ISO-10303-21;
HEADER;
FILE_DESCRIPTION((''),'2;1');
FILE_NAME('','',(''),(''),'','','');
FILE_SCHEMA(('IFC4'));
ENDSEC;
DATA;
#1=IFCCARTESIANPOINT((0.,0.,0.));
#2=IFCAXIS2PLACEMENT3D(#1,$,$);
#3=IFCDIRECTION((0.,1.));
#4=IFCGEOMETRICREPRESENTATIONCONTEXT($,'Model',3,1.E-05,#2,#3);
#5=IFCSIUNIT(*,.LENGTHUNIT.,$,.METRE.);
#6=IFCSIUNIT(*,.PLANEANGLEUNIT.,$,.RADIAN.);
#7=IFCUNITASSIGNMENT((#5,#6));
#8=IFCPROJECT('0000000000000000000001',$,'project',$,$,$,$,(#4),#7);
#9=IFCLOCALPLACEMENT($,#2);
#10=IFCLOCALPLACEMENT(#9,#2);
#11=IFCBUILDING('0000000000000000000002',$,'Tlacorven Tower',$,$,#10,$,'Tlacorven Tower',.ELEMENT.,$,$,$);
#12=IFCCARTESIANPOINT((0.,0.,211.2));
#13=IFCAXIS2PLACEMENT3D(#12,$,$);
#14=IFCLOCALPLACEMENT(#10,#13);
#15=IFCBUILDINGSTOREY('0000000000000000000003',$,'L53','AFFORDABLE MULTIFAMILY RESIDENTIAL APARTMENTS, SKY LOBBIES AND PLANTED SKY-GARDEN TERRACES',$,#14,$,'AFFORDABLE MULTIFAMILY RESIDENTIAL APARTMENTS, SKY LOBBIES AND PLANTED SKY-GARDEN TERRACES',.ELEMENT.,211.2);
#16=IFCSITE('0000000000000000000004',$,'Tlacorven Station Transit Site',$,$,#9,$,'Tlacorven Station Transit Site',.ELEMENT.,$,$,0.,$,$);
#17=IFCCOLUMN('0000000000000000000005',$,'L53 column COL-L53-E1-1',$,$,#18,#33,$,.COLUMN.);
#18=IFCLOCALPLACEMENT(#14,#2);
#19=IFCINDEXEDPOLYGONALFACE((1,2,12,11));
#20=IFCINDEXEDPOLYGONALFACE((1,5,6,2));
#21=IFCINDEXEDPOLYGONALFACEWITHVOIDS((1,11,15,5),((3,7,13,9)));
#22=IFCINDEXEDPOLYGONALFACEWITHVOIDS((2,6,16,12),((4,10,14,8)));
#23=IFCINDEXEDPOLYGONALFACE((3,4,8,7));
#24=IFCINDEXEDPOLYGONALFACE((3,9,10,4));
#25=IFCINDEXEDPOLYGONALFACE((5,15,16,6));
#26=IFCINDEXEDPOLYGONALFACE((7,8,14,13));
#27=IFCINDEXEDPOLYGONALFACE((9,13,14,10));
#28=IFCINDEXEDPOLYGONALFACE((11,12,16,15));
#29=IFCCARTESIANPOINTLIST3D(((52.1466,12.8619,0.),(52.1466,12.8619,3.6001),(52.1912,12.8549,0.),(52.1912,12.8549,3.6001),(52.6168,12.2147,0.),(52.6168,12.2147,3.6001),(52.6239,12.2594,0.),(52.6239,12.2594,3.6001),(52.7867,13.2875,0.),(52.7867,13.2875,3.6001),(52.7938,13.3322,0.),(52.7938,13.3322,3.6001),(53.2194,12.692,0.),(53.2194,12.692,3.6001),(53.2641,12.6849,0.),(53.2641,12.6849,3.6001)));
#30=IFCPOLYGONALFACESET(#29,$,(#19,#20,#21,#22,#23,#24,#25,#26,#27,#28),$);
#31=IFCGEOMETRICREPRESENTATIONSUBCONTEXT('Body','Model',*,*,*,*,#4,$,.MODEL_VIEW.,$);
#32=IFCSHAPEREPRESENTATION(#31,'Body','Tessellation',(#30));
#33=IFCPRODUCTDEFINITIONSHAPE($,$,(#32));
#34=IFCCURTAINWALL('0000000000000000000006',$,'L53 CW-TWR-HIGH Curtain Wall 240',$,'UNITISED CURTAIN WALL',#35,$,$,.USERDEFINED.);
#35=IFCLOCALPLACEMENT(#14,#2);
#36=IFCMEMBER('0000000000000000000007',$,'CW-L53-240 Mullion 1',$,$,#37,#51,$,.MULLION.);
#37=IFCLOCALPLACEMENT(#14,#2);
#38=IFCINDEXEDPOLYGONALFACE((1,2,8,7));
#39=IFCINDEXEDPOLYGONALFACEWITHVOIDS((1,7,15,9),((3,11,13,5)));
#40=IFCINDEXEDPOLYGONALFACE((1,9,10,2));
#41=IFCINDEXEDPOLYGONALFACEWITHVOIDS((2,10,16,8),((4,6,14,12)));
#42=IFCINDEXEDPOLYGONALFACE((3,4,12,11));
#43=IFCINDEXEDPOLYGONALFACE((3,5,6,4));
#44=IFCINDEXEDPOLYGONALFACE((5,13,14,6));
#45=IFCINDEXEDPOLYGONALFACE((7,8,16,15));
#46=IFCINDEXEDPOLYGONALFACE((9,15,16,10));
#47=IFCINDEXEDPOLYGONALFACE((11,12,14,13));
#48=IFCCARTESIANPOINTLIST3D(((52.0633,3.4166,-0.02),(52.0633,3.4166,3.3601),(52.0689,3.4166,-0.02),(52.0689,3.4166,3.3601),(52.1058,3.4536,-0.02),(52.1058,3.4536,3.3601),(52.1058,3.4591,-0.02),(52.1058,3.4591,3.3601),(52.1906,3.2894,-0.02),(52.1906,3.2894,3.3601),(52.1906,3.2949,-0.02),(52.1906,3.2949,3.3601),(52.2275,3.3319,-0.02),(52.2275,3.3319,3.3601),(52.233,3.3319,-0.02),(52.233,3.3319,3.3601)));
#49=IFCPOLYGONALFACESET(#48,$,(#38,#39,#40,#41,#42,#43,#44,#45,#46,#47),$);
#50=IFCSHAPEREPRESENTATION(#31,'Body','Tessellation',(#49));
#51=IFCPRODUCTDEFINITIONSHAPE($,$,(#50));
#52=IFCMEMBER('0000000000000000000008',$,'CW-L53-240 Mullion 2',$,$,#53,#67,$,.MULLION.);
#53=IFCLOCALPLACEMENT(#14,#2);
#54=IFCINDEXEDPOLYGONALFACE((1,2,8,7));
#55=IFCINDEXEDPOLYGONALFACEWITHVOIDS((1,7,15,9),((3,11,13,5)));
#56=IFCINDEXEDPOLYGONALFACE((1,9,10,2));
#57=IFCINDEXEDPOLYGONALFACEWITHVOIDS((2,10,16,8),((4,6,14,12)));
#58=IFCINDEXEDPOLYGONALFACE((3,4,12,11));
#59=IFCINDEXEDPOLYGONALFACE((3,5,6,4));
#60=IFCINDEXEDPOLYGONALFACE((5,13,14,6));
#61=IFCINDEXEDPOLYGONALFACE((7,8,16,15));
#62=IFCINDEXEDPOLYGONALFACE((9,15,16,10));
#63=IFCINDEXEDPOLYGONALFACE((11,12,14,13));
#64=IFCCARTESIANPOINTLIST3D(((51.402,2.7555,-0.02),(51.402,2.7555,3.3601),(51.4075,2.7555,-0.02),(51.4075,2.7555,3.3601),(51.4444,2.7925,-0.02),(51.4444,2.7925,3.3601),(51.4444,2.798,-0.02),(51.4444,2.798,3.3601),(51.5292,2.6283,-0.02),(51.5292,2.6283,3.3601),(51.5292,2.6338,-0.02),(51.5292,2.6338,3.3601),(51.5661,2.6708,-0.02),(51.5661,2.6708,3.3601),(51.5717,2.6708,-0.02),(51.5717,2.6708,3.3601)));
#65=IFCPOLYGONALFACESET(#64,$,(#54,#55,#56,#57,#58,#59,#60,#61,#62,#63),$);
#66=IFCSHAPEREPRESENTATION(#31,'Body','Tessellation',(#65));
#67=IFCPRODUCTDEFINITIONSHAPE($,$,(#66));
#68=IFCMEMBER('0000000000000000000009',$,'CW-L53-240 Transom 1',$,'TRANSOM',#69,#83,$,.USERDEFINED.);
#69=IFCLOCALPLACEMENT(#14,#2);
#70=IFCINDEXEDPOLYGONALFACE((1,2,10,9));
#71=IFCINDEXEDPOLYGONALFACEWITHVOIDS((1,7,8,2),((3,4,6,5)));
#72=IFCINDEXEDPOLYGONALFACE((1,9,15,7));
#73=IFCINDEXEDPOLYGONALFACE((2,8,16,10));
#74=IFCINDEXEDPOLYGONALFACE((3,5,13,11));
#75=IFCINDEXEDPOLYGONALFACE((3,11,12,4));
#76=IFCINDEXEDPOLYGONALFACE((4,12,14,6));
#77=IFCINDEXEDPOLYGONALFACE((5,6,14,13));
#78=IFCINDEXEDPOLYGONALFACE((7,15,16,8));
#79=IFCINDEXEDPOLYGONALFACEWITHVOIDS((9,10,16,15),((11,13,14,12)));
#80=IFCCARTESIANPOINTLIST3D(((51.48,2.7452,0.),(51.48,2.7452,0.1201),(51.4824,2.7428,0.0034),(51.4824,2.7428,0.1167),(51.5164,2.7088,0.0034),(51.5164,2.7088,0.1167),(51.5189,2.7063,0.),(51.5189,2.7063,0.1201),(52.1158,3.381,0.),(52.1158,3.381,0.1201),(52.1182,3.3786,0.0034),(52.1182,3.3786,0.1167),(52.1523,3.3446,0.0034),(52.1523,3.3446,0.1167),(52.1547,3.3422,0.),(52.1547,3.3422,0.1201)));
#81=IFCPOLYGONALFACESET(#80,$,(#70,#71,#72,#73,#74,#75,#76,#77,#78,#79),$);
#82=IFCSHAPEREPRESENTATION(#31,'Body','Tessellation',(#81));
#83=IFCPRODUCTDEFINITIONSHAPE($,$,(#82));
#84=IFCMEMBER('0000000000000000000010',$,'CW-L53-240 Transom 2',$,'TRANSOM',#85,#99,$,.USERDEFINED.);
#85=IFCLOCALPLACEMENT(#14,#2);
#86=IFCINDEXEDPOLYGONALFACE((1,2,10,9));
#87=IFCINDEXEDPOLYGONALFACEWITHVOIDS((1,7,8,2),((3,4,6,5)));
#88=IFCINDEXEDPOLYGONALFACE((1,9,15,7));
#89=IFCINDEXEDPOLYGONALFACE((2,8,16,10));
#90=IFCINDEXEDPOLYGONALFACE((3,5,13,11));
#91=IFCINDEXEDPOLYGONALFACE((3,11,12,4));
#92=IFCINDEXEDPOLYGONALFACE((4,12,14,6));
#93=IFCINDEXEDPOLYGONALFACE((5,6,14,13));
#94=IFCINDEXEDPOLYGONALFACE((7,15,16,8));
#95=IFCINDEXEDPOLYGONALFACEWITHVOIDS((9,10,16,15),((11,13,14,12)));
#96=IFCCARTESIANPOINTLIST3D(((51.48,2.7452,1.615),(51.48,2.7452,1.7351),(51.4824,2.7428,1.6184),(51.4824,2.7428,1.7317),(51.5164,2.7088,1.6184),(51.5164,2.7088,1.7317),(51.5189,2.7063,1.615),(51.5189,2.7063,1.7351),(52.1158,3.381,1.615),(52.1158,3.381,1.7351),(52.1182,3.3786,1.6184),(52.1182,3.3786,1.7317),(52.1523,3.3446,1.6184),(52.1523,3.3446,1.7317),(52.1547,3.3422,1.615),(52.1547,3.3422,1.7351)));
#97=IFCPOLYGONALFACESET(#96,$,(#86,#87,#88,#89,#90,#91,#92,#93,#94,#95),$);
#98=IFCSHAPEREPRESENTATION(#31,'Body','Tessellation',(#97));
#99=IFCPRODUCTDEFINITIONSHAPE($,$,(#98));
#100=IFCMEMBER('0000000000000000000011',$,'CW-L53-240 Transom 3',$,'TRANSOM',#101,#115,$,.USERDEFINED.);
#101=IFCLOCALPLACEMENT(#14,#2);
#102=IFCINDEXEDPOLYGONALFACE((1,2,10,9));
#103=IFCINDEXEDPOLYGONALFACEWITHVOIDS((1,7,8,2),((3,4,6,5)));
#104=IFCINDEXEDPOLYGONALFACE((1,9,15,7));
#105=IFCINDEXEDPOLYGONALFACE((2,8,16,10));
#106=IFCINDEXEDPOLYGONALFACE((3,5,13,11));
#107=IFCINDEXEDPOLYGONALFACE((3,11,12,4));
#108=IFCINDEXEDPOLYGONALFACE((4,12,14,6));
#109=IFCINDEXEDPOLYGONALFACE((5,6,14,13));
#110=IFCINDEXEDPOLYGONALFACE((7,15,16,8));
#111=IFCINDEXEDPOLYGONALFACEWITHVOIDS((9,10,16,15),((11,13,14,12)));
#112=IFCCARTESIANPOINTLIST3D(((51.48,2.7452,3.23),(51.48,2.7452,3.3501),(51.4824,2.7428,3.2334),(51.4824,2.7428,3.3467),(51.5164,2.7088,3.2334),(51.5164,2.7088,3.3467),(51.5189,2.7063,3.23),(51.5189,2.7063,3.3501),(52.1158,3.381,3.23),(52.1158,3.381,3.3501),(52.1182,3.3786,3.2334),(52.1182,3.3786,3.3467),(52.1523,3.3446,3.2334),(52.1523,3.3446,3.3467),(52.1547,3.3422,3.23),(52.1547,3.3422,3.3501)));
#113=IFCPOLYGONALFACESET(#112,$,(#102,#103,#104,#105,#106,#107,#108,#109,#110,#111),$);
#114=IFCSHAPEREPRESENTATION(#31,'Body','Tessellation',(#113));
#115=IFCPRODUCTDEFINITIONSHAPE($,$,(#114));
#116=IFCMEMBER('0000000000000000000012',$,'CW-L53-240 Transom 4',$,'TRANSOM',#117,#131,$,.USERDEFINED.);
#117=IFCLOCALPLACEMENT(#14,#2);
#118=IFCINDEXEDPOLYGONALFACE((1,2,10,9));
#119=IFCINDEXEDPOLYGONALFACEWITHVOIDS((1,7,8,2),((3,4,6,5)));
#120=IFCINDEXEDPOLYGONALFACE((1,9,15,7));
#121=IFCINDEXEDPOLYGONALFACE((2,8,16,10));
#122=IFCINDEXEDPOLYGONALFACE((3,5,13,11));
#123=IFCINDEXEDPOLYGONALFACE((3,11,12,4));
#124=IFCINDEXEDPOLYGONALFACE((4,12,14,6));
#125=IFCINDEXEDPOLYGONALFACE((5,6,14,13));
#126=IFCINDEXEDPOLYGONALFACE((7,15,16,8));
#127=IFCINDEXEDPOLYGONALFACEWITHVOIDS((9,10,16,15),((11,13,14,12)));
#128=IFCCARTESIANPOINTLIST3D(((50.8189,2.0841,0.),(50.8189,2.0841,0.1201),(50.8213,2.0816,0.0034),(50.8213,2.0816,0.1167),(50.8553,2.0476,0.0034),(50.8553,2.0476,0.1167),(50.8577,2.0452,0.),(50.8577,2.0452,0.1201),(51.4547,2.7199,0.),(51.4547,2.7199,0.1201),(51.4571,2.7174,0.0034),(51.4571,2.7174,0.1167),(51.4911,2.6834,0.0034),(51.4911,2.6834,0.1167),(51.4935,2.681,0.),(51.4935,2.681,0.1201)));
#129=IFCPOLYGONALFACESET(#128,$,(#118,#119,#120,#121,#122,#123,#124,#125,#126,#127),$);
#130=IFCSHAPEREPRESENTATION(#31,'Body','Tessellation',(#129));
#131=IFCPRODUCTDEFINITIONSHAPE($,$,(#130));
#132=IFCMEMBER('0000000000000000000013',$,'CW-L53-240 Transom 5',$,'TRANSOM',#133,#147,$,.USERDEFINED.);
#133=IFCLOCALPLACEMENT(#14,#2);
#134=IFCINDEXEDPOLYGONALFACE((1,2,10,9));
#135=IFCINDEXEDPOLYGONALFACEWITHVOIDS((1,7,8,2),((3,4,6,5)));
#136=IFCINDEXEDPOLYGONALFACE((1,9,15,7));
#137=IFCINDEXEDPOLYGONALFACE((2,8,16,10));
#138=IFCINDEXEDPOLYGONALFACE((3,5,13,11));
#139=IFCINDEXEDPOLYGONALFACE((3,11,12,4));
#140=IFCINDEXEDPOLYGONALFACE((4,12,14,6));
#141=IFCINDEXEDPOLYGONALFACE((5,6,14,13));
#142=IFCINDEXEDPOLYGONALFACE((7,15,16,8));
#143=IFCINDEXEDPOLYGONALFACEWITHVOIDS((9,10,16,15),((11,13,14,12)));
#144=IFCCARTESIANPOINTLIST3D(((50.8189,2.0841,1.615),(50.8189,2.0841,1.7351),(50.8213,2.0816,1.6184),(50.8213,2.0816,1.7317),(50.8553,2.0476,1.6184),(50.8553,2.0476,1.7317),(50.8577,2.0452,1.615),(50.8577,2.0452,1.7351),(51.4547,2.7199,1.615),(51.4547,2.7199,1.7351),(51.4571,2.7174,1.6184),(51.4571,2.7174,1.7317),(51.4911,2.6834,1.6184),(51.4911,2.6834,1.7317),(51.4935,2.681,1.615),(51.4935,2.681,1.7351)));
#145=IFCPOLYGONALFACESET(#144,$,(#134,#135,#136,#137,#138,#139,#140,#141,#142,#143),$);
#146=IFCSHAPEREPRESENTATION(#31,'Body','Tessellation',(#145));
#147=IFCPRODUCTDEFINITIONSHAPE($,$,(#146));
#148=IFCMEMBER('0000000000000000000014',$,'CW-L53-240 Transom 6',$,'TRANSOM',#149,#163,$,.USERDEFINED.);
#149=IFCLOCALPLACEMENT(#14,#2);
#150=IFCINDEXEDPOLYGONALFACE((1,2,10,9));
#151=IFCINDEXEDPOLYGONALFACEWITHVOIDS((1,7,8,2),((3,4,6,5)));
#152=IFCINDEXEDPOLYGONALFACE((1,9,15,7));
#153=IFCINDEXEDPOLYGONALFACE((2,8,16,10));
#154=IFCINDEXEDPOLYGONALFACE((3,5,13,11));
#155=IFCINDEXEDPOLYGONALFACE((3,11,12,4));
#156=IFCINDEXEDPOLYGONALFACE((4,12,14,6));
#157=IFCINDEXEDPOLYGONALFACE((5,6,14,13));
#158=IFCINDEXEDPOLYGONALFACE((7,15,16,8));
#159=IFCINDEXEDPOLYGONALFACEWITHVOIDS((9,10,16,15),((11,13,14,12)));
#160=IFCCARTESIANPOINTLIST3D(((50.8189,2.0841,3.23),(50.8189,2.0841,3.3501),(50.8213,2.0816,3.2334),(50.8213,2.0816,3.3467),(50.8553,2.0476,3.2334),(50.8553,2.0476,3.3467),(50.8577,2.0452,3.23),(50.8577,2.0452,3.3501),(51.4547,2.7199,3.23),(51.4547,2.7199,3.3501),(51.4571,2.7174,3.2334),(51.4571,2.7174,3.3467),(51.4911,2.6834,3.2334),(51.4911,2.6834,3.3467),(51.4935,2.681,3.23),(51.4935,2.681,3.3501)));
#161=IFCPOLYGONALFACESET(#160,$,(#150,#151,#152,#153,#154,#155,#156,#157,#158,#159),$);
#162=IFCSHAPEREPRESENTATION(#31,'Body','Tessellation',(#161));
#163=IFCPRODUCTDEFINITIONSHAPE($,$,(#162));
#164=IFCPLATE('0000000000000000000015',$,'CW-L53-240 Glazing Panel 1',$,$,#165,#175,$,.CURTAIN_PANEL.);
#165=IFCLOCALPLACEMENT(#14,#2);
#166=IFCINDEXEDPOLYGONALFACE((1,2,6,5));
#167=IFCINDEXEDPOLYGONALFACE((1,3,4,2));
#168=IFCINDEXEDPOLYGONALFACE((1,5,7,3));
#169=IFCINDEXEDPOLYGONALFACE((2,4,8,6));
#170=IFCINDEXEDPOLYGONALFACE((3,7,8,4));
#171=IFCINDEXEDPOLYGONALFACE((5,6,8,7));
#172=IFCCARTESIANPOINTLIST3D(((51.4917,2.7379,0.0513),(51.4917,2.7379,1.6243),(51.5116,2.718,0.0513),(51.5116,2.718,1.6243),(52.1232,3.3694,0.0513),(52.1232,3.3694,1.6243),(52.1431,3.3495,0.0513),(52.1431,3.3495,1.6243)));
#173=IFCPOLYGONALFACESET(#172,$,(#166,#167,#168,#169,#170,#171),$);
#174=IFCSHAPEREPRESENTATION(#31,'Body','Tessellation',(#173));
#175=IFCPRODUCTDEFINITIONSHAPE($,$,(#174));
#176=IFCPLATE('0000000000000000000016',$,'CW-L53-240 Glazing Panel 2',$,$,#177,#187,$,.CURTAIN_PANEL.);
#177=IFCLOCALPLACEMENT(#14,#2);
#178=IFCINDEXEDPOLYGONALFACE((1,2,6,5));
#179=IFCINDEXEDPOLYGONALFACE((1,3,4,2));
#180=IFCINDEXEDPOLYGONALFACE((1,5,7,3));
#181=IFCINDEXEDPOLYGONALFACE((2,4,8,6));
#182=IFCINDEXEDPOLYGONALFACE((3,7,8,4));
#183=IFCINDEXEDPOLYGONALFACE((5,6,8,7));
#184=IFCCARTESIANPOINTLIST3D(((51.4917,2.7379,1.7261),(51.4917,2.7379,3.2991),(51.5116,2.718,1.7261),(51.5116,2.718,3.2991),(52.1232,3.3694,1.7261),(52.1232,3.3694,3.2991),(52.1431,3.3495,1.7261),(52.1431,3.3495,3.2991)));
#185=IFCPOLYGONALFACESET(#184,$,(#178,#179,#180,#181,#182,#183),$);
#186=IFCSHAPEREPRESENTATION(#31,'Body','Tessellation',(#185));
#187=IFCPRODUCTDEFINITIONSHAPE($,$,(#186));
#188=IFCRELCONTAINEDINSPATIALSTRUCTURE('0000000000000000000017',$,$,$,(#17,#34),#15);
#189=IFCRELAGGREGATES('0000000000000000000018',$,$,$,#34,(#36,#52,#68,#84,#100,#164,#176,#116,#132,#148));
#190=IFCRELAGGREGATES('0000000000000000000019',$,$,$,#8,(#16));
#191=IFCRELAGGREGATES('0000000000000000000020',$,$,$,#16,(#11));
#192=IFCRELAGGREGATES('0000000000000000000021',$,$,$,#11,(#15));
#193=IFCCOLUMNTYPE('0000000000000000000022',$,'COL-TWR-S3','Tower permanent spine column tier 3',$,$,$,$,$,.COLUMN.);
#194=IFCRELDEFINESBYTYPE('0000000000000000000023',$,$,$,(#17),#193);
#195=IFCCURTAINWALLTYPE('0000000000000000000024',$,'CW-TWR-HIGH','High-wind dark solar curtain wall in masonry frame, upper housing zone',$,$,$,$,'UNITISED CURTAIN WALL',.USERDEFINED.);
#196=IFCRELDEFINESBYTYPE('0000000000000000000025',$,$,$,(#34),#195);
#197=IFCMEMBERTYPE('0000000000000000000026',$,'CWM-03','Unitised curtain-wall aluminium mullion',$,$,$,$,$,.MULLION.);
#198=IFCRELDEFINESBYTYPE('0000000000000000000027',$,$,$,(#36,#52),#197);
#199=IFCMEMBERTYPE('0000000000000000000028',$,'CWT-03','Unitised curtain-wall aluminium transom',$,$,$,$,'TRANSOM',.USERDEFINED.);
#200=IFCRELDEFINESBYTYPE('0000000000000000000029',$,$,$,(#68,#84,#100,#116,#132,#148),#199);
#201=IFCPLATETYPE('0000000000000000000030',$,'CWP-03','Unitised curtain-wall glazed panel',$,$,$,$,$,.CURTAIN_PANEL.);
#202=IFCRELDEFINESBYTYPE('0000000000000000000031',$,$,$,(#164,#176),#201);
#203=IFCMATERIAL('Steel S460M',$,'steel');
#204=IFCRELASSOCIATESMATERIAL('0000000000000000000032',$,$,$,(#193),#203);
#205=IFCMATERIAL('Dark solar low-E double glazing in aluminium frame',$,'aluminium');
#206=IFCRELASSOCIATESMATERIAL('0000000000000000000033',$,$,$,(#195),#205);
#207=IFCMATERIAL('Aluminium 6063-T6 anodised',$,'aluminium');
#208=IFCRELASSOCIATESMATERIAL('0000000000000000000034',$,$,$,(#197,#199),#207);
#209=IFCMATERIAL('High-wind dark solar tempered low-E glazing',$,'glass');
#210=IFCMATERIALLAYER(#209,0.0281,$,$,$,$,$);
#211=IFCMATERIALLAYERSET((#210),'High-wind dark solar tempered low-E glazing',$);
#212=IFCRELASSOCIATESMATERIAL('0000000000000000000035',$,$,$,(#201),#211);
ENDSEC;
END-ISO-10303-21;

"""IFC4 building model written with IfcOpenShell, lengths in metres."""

from ifc_helpers import new_model, si_unit, direction, frame, origin, origin_2d, place, context, subcontext, project, spatial, rectangle, hollow_rectangle, extrude, source, transform, mapped, material, layer, layer_set, material_profile, profile_set, type_object, element, aggregate, save


model = new_model("IFC4")

# Units and contexts
model_context = context("Model", 3, precision=1e-05, world=origin(), true_north=direction((0.0, 1.0)))
body_context = subcontext(model_context, "Body", "Model", "MODEL_VIEW")
ifc_project = project(units=[si_unit("LENGTHUNIT", "METRE"), si_unit("PLANEANGLEUNIT", "RADIAN")], contexts=[model_context])

# Site, building, storey
site_placement = place(None, origin())
site = spatial("IfcSite", under=ifc_project, at=site_placement, Name="Tlacorven Station Transit Site", LongName="Tlacorven Station Transit Site", CompositionType="ELEMENT", RefElevation=0.0)
building_placement = place(site_placement, origin())
building = spatial("IfcBuilding", under=site, at=building_placement, Name="Tlacorven Tower", LongName="Tlacorven Tower", CompositionType="ELEMENT")
storey_placement = place(building_placement, frame((0.0, 0.0, 211.2)))
storey = spatial("IfcBuildingStorey", under=building, at=storey_placement, Name="L53", Description="AFFORDABLE MULTIFAMILY RESIDENTIAL APARTMENTS, SKY LOBBIES AND PLANTED SKY-GARDEN TERRACES", LongName="AFFORDABLE MULTIFAMILY RESIDENTIAL APARTMENTS, SKY LOBBIES AND PLANTED SKY-GARDEN TERRACES", CompositionType="ELEMENT", Elevation=211.2)

# Column
ifc_material_1 = material(Name="Steel S460M", Category="steel")
ifc_material_profile_1 = material_profile(ifc_material_1, hollow_rectangle(XDim=0.8, YDim=0.8, WallThickness=0.032, at=origin_2d()), Name="BOX 800X800X32")
ifc_profile_set_1 = profile_set([ifc_material_profile_1], Name="Steel S460M")
column_type = type_object("IfcColumnType", Name="COL-TWR-S3", Description="Tower permanent spine column tier 3", PredefinedType="COLUMN", material=ifc_profile_set_1)
shared_shape_1 = source(origin(), body_context, "Body", "SweptSolid", [
    extrude(hollow_rectangle(XDim=0.8, YDim=0.8, WallThickness=0.032, at=origin_2d()), origin(), (0.0, 0.0, 1.0), 3.6001),
])
column_placement = place(storey_placement, frame((52.7053, 12.7734, 0.0), z_axis=(0.0, 0.0, 1.0), x_axis=(0.809017, 0.587785, 0.0)))
element("IfcColumn", 1, at=column_placement, inside=storey, type_object=column_type, Name="L53 column COL-L53-E1-1", PredefinedType="COLUMN", context=body_context, shape_type="MappedRepresentation", body=[
    mapped(shared_shape_1, transform((0.0, 0.0, 0.0), scale=1.0)),
])

# Curtain wall, members, plates
ifc_material_2 = material(Name="Dark solar low-E double glazing in aluminium frame", Category="aluminium")
curtain_wall_type = type_object("IfcCurtainWallType", Name="CW-TWR-HIGH", Description="High-wind dark solar curtain wall in masonry frame, upper housing zone", ElementType="UNITISED CURTAIN WALL", PredefinedType="USERDEFINED", material=ifc_material_2)
curtain_wall_placement = place(storey_placement, origin())
curtain_wall = element("IfcCurtainWall", 2, at=curtain_wall_placement, inside=storey, type_object=curtain_wall_type, Name="L53 CW-TWR-HIGH Curtain Wall 240", ObjectType="UNITISED CURTAIN WALL", PredefinedType="USERDEFINED")
ifc_material_3 = material(Name="Aluminium 6063-T6 anodised", Category="aluminium")
ifc_material_profile_2 = material_profile(ifc_material_3, hollow_rectangle(XDim=0.0601, YDim=0.1799, WallThickness=0.0039, at=origin_2d()), Name="ALU MULLION 60X180")
ifc_profile_set_2 = profile_set([ifc_material_profile_2], Name="Aluminium 6063-T6 anodised")
member_type_1 = type_object("IfcMemberType", Name="CWM-03", Description="Unitised curtain-wall aluminium mullion", PredefinedType="MULLION", material=ifc_profile_set_2)
shared_shape_2 = source(origin(), body_context, "Body", "SweptSolid", [
    extrude(hollow_rectangle(XDim=0.0601, YDim=0.1799, WallThickness=0.0039, at=origin_2d()), origin(), (0.0, 0.0, 1.0), 3.3801),
])
member_1_placement = place(storey_placement, frame((52.1482, 3.3743, -0.02), z_axis=(0.0, 0.0, 1.0), x_axis=(-0.707107, -0.707107, 0.0)))
member_1 = element("IfcMember", 3, at=member_1_placement, type_object=member_type_1, Name="CW-L53-240 Mullion 1", PredefinedType="MULLION", context=body_context, shape_type="MappedRepresentation", body=[
    mapped(shared_shape_2, transform((0.0, 0.0, 0.0), scale=1.0)),
])
member_2_placement = place(storey_placement, frame((51.4868, 2.7131, -0.02), z_axis=(0.0, 0.0, 1.0), x_axis=(-0.707107, -0.707107, 0.0)))
member_2 = element("IfcMember", 4, at=member_2_placement, type_object=member_type_1, Name="CW-L53-240 Mullion 2", PredefinedType="MULLION", context=body_context, shape_type="MappedRepresentation", body=[
    mapped(shared_shape_2, transform((0.0, 0.0, 0.0), scale=1.0)),
])
ifc_material_profile_3 = material_profile(ifc_material_3, hollow_rectangle(XDim=0.0549, YDim=0.1201, WallThickness=0.0034, at=origin_2d()), Name="ALU TRANSOM 55X120")
ifc_profile_set_3 = profile_set([ifc_material_profile_3], Name="Aluminium 6063-T6 anodised")
member_type_2 = type_object("IfcMemberType", Name="CWT-03", Description="Unitised curtain-wall aluminium transom", ElementType="TRANSOM", PredefinedType="USERDEFINED", material=ifc_profile_set_3)
shared_shape_3 = source(origin(), body_context, "Body", "SweptSolid", [
    extrude(hollow_rectangle(XDim=0.0549, YDim=0.1201, WallThickness=0.0034, at=origin_2d()), origin(), (0.0, 0.0, 1.0), 0.8992),
])
member_3_placement = place(storey_placement, frame((52.1353, 3.3616, 0.0601), z_axis=(-0.707107, -0.707107, 0.0), x_axis=(0.707107, -0.707107, 0.0)))
member_3 = element("IfcMember", 5, at=member_3_placement, type_object=member_type_2, Name="CW-L53-240 Transom 1", ObjectType="TRANSOM", PredefinedType="USERDEFINED", context=body_context, shape_type="MappedRepresentation", body=[
    mapped(shared_shape_3, transform((0.0, 0.0, 0.0), scale=1.0)),
])
member_4_placement = place(storey_placement, frame((52.1353, 3.3616, 1.675), z_axis=(-0.707107, -0.707107, 0.0), x_axis=(0.707107, -0.707107, 0.0)))
member_4 = element("IfcMember", 6, at=member_4_placement, type_object=member_type_2, Name="CW-L53-240 Transom 2", ObjectType="TRANSOM", PredefinedType="USERDEFINED", context=body_context, shape_type="MappedRepresentation", body=[
    mapped(shared_shape_3, transform((0.0, 0.0, 0.0), scale=1.0)),
])
member_5_placement = place(storey_placement, frame((52.1353, 3.3616, 3.29), z_axis=(-0.707107, -0.707107, 0.0), x_axis=(0.707107, -0.707107, 0.0)))
member_5 = element("IfcMember", 7, at=member_5_placement, type_object=member_type_2, Name="CW-L53-240 Transom 3", ObjectType="TRANSOM", PredefinedType="USERDEFINED", context=body_context, shape_type="MappedRepresentation", body=[
    mapped(shared_shape_3, transform((0.0, 0.0, 0.0), scale=1.0)),
])
member_6_placement = place(storey_placement, frame((51.4741, 2.7004, 0.0601), z_axis=(-0.707107, -0.707107, 0.0), x_axis=(0.707107, -0.707107, 0.0)))
member_6 = element("IfcMember", 8, at=member_6_placement, type_object=member_type_2, Name="CW-L53-240 Transom 4", ObjectType="TRANSOM", PredefinedType="USERDEFINED", context=body_context, shape_type="MappedRepresentation", body=[
    mapped(shared_shape_3, transform((0.0, 0.0, 0.0), scale=1.0)),
])
member_7_placement = place(storey_placement, frame((51.4741, 2.7004, 1.675), z_axis=(-0.707107, -0.707107, 0.0), x_axis=(0.707107, -0.707107, 0.0)))
member_7 = element("IfcMember", 9, at=member_7_placement, type_object=member_type_2, Name="CW-L53-240 Transom 5", ObjectType="TRANSOM", PredefinedType="USERDEFINED", context=body_context, shape_type="MappedRepresentation", body=[
    mapped(shared_shape_3, transform((0.0, 0.0, 0.0), scale=1.0)),
])
member_8_placement = place(storey_placement, frame((51.4741, 2.7004, 3.29), z_axis=(-0.707107, -0.707107, 0.0), x_axis=(0.707107, -0.707107, 0.0)))
member_8 = element("IfcMember", 10, at=member_8_placement, type_object=member_type_2, Name="CW-L53-240 Transom 6", ObjectType="TRANSOM", PredefinedType="USERDEFINED", context=body_context, shape_type="MappedRepresentation", body=[
    mapped(shared_shape_3, transform((0.0, 0.0, 0.0), scale=1.0)),
])
ifc_material_4 = material(Name="High-wind dark solar tempered low-E glazing", Category="glass")
ifc_layer_1 = layer(ifc_material_4, 0.0281)
ifc_layer_set_1 = layer_set([ifc_layer_1], Name="High-wind dark solar tempered low-E glazing")
plate_type = type_object("IfcPlateType", Name="CWP-03", Description="Unitised curtain-wall glazed panel", PredefinedType="CURTAIN_PANEL", material=ifc_layer_set_1)
shared_shape_4 = source(origin(), body_context, "Body", "SweptSolid", [
    extrude(rectangle(XDim=0.8931, YDim=0.0281, at=origin_2d()), origin(), (0.0, 0.0, 1.0), 1.573),
])
plate_1_placement = place(storey_placement, frame((51.8174, 3.0437, 0.0513), z_axis=(0.0, 0.0, 1.0), x_axis=(-0.707107, -0.707107, 0.0)))
plate_1 = element("IfcPlate", 11, at=plate_1_placement, type_object=plate_type, Name="CW-L53-240 Glazing Panel 1", PredefinedType="CURTAIN_PANEL", context=body_context, shape_type="MappedRepresentation", body=[
    mapped(shared_shape_4, transform((0.0, 0.0, 0.0), scale=1.0)),
])
plate_2_placement = place(storey_placement, frame((51.8174, 3.0437, 1.7261), z_axis=(0.0, 0.0, 1.0), x_axis=(-0.707107, -0.707107, 0.0)))
plate_2 = element("IfcPlate", 12, at=plate_2_placement, type_object=plate_type, Name="CW-L53-240 Glazing Panel 2", PredefinedType="CURTAIN_PANEL", context=body_context, shape_type="MappedRepresentation", body=[
    mapped(shared_shape_4, transform((0.0, 0.0, 0.0), scale=1.0)),
])
aggregate(curtain_wall, [member_1, member_2, member_3, member_4, member_5, plate_1, plate_2, member_6, member_7, member_8])

save(model, "model.ifc")
